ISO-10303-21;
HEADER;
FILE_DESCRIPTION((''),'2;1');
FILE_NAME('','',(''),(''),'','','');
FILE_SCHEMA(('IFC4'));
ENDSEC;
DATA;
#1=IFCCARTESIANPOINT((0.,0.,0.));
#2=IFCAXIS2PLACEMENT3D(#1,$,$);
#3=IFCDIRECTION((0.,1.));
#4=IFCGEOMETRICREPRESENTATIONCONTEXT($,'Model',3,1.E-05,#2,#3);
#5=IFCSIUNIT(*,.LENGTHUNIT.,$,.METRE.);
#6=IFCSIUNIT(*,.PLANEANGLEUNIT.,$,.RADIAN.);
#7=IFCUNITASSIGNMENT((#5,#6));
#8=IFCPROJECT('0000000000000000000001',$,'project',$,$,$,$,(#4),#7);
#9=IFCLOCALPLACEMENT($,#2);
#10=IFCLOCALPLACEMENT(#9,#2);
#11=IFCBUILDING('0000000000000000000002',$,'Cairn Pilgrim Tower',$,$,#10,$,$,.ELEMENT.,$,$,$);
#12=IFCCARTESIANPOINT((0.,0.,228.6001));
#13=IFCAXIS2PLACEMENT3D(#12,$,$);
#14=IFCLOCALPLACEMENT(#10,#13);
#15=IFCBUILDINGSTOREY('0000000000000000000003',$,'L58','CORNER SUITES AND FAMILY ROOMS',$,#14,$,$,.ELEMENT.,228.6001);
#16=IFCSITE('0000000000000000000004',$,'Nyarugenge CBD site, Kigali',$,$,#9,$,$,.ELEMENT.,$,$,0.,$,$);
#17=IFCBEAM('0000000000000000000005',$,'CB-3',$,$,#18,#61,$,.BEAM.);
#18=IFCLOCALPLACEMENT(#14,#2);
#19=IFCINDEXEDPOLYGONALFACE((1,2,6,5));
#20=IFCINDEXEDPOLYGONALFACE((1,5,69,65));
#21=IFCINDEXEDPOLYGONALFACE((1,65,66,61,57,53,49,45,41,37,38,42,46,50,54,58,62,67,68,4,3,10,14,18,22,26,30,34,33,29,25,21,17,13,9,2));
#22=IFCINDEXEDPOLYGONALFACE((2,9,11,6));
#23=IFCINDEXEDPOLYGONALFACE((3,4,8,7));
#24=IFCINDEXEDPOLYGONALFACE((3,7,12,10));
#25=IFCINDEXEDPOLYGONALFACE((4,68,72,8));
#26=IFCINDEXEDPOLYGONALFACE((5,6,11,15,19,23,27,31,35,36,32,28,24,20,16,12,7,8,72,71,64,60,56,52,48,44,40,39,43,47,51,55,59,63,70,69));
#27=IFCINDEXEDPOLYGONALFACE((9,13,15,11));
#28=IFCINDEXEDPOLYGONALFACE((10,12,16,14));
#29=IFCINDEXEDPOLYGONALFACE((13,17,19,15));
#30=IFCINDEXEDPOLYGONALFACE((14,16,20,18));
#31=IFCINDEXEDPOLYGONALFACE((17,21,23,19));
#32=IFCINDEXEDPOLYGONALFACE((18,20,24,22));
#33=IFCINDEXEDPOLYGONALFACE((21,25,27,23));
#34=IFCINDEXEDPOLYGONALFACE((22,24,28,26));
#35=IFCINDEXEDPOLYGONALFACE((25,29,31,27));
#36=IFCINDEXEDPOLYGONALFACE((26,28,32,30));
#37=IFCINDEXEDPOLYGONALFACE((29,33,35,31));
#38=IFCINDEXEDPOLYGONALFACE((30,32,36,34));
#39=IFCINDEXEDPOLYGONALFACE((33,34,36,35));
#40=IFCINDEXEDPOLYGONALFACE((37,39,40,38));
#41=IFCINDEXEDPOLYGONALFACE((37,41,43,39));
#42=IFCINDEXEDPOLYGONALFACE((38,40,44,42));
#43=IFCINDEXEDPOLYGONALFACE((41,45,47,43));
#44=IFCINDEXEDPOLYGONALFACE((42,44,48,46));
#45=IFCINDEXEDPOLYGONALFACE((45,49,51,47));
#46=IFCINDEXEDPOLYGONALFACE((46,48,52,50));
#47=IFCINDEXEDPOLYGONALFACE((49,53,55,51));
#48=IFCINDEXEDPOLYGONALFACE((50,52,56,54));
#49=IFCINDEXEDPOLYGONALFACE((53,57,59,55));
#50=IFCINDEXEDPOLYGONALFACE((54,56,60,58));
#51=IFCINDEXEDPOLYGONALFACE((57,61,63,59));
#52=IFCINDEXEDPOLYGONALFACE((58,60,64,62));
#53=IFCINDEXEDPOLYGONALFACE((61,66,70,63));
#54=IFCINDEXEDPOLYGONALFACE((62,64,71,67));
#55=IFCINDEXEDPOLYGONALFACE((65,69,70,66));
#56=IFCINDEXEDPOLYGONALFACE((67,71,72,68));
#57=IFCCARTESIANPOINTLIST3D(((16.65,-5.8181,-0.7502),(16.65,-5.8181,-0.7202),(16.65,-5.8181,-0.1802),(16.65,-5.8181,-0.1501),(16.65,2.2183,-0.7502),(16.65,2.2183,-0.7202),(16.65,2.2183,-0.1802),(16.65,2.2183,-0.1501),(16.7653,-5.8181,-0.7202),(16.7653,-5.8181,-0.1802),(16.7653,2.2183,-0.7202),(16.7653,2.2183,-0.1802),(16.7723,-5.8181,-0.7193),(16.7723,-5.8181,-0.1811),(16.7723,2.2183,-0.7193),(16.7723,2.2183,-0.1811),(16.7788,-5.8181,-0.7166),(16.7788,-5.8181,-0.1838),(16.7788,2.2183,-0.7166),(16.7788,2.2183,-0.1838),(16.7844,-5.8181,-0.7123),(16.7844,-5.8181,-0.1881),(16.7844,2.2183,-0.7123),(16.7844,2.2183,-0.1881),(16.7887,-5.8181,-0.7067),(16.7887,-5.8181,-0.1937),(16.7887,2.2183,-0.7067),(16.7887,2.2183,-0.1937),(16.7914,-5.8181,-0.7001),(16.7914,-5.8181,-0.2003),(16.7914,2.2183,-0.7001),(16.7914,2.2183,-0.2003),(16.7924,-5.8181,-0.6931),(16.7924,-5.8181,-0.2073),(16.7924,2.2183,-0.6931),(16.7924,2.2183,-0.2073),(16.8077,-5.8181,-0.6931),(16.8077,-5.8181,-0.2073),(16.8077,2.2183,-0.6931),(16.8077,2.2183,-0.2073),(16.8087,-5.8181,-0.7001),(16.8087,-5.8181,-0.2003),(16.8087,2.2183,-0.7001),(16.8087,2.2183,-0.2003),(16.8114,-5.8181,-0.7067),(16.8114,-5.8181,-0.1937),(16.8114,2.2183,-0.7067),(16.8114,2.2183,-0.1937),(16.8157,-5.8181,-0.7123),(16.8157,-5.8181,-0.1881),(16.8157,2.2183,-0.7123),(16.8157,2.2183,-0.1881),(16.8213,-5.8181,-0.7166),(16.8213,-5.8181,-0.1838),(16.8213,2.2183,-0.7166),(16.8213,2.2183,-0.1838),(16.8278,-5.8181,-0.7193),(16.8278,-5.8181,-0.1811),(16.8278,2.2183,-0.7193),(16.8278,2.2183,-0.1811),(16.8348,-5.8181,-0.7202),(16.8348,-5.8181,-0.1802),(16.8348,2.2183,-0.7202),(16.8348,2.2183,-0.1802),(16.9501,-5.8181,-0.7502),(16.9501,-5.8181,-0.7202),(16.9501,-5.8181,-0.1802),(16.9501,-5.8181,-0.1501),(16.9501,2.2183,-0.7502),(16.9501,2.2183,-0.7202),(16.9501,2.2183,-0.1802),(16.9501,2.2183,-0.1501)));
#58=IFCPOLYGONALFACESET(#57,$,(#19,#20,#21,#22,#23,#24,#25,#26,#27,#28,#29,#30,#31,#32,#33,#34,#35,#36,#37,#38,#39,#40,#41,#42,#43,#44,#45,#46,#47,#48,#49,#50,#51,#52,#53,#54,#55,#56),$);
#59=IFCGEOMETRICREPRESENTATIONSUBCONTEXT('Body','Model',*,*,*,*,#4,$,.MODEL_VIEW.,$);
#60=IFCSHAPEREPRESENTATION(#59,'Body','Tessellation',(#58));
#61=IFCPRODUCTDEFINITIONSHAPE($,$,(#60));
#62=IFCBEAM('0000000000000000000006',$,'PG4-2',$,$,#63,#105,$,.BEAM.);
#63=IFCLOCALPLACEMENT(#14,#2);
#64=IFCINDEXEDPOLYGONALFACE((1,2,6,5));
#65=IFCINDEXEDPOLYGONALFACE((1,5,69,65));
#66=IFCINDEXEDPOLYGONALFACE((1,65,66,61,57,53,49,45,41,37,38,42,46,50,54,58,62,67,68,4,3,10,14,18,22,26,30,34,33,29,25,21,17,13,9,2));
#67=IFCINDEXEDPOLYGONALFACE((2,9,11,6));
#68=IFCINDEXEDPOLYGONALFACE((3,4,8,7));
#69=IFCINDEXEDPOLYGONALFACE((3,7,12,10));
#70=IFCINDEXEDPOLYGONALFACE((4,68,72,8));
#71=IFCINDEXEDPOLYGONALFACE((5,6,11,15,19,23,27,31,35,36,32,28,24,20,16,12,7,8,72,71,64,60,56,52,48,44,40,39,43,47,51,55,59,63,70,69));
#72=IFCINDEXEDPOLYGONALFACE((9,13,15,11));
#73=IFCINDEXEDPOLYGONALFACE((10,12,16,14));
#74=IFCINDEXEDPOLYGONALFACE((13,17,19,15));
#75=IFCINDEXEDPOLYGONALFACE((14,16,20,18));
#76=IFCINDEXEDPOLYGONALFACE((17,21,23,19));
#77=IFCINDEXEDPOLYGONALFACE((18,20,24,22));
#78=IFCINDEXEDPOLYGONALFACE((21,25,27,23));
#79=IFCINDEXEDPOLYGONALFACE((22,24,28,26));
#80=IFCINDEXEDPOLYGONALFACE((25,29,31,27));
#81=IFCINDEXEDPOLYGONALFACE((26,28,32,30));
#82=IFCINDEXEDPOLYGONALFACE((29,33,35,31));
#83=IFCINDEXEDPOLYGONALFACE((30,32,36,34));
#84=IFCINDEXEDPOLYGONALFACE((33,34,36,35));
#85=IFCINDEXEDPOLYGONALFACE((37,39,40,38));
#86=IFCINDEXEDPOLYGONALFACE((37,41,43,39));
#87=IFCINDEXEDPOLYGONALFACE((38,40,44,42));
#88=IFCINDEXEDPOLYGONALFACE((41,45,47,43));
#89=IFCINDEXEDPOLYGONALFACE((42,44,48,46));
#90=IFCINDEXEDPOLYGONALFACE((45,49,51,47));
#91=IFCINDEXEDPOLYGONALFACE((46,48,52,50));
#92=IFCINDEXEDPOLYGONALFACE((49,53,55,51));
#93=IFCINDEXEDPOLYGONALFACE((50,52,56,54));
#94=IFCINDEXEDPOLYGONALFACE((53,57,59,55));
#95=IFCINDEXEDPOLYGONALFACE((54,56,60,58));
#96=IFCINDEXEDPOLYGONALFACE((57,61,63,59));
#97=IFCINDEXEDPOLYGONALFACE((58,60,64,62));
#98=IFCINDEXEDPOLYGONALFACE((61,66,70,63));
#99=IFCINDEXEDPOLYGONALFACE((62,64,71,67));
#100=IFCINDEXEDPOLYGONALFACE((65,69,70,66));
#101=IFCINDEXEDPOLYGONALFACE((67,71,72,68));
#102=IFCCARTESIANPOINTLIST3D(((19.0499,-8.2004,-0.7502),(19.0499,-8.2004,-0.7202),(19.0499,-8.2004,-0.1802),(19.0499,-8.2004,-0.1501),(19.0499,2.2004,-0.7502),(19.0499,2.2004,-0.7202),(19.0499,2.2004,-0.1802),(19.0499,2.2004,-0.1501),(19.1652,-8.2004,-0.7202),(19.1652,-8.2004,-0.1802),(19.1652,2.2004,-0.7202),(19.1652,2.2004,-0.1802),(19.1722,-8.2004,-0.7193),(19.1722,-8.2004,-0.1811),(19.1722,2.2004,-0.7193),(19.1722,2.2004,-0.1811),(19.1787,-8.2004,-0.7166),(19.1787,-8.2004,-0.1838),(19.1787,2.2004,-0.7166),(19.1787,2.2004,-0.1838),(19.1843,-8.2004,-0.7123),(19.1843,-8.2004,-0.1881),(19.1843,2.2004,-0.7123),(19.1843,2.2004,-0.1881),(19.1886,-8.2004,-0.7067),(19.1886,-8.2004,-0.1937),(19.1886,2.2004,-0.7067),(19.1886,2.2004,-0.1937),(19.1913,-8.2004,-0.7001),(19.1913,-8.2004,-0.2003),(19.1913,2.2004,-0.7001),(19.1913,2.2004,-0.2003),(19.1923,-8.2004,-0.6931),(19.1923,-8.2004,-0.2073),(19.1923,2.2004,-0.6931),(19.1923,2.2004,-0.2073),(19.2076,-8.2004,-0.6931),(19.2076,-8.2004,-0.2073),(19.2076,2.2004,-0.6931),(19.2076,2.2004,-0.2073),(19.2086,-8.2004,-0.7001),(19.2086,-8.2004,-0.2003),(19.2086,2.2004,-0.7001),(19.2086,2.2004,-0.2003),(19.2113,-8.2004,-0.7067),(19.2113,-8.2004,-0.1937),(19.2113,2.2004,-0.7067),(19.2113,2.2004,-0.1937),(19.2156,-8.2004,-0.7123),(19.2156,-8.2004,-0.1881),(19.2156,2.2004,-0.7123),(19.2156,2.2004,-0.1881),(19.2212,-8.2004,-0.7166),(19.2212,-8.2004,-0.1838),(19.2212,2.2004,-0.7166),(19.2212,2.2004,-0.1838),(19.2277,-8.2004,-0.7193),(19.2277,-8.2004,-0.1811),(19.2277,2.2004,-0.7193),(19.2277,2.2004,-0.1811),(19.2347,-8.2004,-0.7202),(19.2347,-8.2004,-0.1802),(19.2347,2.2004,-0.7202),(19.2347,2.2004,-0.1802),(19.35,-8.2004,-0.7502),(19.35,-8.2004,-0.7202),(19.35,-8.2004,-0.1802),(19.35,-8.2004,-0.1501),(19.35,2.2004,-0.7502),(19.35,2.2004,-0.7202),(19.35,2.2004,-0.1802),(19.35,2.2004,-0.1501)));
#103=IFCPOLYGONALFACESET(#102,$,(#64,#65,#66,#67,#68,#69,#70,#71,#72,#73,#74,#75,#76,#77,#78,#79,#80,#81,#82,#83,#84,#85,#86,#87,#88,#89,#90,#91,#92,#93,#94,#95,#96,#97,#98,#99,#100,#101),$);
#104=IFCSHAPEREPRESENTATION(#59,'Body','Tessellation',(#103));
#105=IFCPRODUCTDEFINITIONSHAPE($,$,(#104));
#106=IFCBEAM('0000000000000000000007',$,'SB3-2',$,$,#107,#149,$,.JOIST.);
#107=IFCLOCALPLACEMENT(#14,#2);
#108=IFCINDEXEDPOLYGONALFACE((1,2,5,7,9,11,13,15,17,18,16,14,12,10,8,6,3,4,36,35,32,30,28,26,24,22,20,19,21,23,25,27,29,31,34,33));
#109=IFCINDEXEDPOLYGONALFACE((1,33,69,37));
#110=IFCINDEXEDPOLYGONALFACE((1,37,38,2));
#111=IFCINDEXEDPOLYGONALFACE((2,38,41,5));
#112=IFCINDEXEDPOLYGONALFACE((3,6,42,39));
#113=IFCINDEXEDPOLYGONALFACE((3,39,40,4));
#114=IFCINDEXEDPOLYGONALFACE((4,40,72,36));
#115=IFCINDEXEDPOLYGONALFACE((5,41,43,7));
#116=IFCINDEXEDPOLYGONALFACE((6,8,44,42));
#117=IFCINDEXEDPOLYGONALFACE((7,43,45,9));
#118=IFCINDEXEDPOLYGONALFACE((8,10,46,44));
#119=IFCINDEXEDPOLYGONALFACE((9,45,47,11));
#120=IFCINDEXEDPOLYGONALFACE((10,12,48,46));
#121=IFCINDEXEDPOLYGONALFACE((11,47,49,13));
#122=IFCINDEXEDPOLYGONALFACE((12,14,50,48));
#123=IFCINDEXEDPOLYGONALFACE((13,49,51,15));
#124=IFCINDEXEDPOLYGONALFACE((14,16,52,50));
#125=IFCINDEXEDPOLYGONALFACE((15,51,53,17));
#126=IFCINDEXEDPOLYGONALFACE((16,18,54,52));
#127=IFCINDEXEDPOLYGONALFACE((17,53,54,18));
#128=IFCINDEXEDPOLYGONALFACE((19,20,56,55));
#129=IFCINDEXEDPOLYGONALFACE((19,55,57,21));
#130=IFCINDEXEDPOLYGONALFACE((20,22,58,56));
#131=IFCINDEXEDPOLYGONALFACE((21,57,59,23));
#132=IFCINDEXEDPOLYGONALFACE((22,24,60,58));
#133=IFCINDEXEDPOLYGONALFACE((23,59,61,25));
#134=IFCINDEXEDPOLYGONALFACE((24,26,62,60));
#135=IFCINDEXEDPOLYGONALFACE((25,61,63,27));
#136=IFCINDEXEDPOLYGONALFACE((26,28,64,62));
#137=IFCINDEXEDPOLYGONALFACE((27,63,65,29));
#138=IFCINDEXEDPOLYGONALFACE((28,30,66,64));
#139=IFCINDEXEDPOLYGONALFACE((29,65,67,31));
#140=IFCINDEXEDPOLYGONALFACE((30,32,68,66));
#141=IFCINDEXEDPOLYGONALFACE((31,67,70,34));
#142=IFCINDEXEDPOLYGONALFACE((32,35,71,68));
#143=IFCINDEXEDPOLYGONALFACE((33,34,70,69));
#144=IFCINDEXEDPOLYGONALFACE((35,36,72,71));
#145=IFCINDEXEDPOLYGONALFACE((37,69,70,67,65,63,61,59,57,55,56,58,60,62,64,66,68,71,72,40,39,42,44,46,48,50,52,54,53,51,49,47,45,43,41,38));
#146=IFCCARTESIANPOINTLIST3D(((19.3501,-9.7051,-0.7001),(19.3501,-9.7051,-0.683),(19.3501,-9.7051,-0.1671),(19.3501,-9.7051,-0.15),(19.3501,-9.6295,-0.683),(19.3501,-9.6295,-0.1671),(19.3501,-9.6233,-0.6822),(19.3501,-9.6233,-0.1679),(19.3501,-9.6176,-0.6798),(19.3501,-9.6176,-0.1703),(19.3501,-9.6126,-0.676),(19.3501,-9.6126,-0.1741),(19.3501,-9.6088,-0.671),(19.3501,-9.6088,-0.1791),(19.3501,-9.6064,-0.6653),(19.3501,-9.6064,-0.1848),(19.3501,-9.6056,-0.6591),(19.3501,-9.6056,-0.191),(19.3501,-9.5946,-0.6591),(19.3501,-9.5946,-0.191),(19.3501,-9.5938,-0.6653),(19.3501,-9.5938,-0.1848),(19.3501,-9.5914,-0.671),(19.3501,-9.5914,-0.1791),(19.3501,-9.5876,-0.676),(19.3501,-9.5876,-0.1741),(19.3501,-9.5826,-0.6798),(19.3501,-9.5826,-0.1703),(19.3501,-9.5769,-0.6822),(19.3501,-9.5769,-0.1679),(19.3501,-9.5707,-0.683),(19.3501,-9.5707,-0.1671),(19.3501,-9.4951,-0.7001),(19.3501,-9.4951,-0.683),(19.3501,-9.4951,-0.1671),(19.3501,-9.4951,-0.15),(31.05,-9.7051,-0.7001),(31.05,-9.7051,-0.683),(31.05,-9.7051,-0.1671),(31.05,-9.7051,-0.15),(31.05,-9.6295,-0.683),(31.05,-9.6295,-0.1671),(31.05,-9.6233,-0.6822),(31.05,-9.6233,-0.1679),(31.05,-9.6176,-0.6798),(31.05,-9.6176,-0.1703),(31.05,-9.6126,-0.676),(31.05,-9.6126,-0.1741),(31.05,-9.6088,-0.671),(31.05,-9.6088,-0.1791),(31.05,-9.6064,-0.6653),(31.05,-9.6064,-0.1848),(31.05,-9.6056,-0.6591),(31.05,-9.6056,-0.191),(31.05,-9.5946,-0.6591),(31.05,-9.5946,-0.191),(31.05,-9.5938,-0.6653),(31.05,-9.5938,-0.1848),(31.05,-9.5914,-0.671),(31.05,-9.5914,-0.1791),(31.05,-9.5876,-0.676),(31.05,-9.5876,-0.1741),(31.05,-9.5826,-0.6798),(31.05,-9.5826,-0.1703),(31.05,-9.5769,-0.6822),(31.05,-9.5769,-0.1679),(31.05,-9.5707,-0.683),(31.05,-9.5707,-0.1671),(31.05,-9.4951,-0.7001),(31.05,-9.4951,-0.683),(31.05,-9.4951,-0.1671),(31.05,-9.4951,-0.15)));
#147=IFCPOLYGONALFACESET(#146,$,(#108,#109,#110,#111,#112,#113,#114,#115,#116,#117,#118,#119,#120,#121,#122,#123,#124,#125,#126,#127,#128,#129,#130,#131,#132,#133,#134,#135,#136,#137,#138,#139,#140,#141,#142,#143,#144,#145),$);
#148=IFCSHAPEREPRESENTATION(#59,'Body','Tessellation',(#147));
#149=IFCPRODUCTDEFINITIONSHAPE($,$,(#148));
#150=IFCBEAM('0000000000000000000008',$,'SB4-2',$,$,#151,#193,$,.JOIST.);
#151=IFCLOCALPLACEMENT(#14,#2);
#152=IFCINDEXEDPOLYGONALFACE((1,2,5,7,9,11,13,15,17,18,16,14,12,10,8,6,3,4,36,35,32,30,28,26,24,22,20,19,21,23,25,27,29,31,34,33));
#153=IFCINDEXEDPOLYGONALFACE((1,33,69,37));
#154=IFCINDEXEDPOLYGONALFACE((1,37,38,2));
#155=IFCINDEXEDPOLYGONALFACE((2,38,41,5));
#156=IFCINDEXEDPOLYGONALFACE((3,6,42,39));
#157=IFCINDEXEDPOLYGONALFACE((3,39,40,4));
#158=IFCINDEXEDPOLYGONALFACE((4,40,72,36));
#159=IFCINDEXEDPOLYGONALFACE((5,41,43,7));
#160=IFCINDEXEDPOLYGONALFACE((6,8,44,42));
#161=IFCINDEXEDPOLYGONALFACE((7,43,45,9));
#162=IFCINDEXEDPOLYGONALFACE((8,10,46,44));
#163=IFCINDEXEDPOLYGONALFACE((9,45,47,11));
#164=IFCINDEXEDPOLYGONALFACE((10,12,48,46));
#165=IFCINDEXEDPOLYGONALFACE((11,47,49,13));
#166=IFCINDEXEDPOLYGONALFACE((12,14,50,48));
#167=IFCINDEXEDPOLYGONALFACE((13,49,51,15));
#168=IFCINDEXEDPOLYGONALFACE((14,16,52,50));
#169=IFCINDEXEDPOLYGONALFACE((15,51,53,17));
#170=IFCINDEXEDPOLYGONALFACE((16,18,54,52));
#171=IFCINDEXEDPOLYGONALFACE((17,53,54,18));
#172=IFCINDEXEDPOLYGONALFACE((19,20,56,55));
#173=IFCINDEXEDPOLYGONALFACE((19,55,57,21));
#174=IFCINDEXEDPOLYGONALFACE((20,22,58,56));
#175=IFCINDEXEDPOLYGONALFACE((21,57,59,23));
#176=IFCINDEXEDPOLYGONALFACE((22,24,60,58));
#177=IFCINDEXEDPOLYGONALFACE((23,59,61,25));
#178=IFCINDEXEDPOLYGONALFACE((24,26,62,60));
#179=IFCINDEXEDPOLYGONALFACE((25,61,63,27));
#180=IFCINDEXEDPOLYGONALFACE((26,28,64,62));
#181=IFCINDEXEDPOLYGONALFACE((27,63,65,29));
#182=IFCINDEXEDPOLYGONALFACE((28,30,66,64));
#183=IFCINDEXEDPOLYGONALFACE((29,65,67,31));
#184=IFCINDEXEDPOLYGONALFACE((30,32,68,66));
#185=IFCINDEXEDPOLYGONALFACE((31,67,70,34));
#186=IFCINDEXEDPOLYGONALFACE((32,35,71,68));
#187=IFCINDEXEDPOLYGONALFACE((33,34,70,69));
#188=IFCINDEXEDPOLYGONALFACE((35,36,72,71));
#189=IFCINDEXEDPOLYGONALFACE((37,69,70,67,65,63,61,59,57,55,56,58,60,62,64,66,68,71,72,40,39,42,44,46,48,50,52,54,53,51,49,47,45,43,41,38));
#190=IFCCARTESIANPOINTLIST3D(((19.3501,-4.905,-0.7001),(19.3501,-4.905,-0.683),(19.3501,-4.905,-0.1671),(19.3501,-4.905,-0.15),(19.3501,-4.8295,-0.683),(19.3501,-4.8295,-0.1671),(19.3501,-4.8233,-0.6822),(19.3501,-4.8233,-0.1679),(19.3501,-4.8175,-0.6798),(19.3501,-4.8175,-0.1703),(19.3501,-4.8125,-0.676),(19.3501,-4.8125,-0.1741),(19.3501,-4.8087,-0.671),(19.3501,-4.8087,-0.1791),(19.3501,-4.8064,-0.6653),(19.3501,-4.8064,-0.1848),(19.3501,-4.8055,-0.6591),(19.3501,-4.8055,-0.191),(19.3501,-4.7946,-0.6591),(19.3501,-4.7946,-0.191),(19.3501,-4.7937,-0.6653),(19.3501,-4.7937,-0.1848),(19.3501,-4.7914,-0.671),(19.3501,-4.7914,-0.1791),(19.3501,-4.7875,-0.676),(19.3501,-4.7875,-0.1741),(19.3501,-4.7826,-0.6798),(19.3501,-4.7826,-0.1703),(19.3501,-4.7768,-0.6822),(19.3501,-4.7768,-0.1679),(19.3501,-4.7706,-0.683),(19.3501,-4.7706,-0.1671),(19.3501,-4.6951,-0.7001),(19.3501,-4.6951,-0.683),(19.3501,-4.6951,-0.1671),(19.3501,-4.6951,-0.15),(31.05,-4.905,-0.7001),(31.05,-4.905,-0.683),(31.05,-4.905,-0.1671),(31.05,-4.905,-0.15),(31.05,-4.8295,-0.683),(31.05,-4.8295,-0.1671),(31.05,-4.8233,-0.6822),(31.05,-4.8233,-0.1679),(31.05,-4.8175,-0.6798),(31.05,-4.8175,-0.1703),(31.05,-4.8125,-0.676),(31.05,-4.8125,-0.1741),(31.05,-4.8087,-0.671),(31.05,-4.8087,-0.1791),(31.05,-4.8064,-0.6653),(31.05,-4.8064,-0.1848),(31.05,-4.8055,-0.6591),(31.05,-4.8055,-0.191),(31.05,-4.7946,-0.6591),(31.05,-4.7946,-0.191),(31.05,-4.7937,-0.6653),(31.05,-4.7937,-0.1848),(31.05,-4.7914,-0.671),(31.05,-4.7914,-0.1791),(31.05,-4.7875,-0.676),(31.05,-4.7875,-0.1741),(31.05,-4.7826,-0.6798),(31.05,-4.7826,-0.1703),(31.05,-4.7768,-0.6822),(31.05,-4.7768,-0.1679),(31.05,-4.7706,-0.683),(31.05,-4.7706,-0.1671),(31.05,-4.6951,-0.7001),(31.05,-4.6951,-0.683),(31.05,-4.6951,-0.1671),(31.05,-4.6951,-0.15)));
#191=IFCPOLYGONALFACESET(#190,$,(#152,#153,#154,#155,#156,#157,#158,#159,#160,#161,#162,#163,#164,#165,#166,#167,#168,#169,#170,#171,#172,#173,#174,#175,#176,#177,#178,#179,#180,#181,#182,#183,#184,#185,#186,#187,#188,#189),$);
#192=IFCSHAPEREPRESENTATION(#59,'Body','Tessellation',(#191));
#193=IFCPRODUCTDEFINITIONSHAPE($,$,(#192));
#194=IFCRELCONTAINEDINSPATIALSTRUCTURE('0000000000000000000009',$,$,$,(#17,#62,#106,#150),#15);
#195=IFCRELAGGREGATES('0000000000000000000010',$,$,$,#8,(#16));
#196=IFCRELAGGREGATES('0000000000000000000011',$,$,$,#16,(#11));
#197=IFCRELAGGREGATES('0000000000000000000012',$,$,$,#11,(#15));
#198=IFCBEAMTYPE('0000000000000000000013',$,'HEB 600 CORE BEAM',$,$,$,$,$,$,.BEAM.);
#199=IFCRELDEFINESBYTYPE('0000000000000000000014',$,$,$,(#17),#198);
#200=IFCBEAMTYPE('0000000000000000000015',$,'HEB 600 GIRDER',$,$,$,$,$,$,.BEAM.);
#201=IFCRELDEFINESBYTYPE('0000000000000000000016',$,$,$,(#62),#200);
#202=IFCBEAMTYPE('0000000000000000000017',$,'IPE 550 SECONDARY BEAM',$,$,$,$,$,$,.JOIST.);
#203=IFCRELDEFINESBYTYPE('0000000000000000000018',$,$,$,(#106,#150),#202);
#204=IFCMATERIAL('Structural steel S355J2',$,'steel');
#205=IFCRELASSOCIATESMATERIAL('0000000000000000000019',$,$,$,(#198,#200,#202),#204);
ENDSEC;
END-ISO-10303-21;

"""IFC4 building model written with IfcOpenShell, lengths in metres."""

from ifc_helpers import new_model, si_unit, direction, frame, origin, origin_2d, place, context, subcontext, project, spatial, i_section, extrude, material, material_profile, profile_set, type_object, element, save


model = new_model("IFC4")

# Units and contexts
model_context = context("Model", 3, precision=1e-05, world=origin(), true_north=direction((0.0, 1.0)))
body_context = subcontext(model_context, "Body", "Model", "MODEL_VIEW")
ifc_project = project(units=[si_unit("LENGTHUNIT", "METRE"), si_unit("PLANEANGLEUNIT", "RADIAN")], contexts=[model_context])

# Site, building, storey
site_placement = place(None, origin())
site = spatial("IfcSite", under=ifc_project, at=site_placement, Name="Nyarugenge CBD site, Kigali", CompositionType="ELEMENT", RefElevation=0.0)
building_placement = place(site_placement, origin())
building = spatial("IfcBuilding", under=site, at=building_placement, Name="Cairn Pilgrim Tower", CompositionType="ELEMENT")
storey_placement = place(building_placement, frame((0.0, 0.0, 228.6001)))
storey = spatial("IfcBuildingStorey", under=building, at=storey_placement, Name="L58", Description="CORNER SUITES AND FAMILY ROOMS", CompositionType="ELEMENT", Elevation=228.6001)

# Shared definitions
ifc_material_1 = material(Name="Structural steel S355J2", Category="steel")

# Beams
ifc_material_profile_1 = material_profile(ifc_material_1, i_section(OverallWidth=0.3, OverallDepth=0.6001, WebThickness=0.0154, FlangeThickness=0.03, FilletRadius=0.0271, at=origin_2d()), Name="HEB 600")
ifc_profile_set_1 = profile_set([ifc_material_profile_1], Name="Structural steel S355J2")
beam_type_1 = type_object("IfcBeamType", Name="HEB 600 CORE BEAM", PredefinedType="BEAM", material=ifc_profile_set_1)
beam_1_placement = place(storey_placement, frame((16.8, -5.8181, -0.4502), z_axis=(0.0, 1.0, 0.0), x_axis=(-1.0, 0.0, 0.0)))
element("IfcBeam", 1, at=beam_1_placement, inside=storey, type_object=beam_type_1, Name="CB-3", PredefinedType="BEAM", context=body_context, shape_type="SweptSolid", body=[
    extrude(i_section(OverallWidth=0.3, OverallDepth=0.6001, WebThickness=0.0154, FlangeThickness=0.03, FilletRadius=0.0271, at=origin_2d()), origin(), (0.0, 0.0, 1.0), 8.0364),
])
ifc_material_profile_2 = material_profile(ifc_material_1, i_section(OverallWidth=0.3, OverallDepth=0.6001, WebThickness=0.0154, FlangeThickness=0.03, FilletRadius=0.0271, at=origin_2d()), Name="HEB 600")
ifc_profile_set_2 = profile_set([ifc_material_profile_2], Name="Structural steel S355J2")
beam_type_2 = type_object("IfcBeamType", Name="HEB 600 GIRDER", PredefinedType="BEAM", material=ifc_profile_set_2)
beam_2_placement = place(storey_placement, frame((19.2, -8.2004, -0.4502), z_axis=(0.0, 1.0, 0.0), x_axis=(-1.0, 0.0, 0.0)))
element("IfcBeam", 2, at=beam_2_placement, inside=storey, type_object=beam_type_2, Name="PG4-2", PredefinedType="BEAM", context=body_context, shape_type="SweptSolid", body=[
    extrude(i_section(OverallWidth=0.3, OverallDepth=0.6001, WebThickness=0.0154, FlangeThickness=0.03, FilletRadius=0.0271, at=origin_2d()), origin(), (0.0, 0.0, 1.0), 10.4009),
])
ifc_material_profile_3 = material_profile(ifc_material_1, i_section(OverallWidth=0.21, OverallDepth=0.55, WebThickness=0.011, FlangeThickness=0.0171, FilletRadius=0.0239, at=origin_2d()), Name="IPE 550")
ifc_profile_set_3 = profile_set([ifc_material_profile_3], Name="Structural steel S355J2")
beam_type_3 = type_object("IfcBeamType", Name="IPE 550 SECONDARY BEAM", PredefinedType="JOIST", material=ifc_profile_set_3)
for number, where, z_axis, x_axis, name in (
    (3, (19.3501, -9.6001, -0.425), (1.0, 0.0, 0.0), (0.0, 1.0, 0.0), "SB3-2"),
    (4, (19.3501, -4.8, -0.425), (1.0, 0.0, 0.0), (0.0, 1.0, 0.0), "SB4-2"),
):
    element("IfcBeam", number, at=place(storey_placement, frame(where, z_axis=z_axis, x_axis=x_axis)), inside=storey, type_object=beam_type_3, Name=name, PredefinedType="JOIST", context=body_context, shape_type="SweptSolid", body=[
        extrude(i_section(OverallWidth=0.21, OverallDepth=0.55, WebThickness=0.011, FlangeThickness=0.0171, FilletRadius=0.0239, at=origin_2d()), origin(), (0.0, 0.0, 1.0), 11.7),
    ])

save(model, "model.ifc")
